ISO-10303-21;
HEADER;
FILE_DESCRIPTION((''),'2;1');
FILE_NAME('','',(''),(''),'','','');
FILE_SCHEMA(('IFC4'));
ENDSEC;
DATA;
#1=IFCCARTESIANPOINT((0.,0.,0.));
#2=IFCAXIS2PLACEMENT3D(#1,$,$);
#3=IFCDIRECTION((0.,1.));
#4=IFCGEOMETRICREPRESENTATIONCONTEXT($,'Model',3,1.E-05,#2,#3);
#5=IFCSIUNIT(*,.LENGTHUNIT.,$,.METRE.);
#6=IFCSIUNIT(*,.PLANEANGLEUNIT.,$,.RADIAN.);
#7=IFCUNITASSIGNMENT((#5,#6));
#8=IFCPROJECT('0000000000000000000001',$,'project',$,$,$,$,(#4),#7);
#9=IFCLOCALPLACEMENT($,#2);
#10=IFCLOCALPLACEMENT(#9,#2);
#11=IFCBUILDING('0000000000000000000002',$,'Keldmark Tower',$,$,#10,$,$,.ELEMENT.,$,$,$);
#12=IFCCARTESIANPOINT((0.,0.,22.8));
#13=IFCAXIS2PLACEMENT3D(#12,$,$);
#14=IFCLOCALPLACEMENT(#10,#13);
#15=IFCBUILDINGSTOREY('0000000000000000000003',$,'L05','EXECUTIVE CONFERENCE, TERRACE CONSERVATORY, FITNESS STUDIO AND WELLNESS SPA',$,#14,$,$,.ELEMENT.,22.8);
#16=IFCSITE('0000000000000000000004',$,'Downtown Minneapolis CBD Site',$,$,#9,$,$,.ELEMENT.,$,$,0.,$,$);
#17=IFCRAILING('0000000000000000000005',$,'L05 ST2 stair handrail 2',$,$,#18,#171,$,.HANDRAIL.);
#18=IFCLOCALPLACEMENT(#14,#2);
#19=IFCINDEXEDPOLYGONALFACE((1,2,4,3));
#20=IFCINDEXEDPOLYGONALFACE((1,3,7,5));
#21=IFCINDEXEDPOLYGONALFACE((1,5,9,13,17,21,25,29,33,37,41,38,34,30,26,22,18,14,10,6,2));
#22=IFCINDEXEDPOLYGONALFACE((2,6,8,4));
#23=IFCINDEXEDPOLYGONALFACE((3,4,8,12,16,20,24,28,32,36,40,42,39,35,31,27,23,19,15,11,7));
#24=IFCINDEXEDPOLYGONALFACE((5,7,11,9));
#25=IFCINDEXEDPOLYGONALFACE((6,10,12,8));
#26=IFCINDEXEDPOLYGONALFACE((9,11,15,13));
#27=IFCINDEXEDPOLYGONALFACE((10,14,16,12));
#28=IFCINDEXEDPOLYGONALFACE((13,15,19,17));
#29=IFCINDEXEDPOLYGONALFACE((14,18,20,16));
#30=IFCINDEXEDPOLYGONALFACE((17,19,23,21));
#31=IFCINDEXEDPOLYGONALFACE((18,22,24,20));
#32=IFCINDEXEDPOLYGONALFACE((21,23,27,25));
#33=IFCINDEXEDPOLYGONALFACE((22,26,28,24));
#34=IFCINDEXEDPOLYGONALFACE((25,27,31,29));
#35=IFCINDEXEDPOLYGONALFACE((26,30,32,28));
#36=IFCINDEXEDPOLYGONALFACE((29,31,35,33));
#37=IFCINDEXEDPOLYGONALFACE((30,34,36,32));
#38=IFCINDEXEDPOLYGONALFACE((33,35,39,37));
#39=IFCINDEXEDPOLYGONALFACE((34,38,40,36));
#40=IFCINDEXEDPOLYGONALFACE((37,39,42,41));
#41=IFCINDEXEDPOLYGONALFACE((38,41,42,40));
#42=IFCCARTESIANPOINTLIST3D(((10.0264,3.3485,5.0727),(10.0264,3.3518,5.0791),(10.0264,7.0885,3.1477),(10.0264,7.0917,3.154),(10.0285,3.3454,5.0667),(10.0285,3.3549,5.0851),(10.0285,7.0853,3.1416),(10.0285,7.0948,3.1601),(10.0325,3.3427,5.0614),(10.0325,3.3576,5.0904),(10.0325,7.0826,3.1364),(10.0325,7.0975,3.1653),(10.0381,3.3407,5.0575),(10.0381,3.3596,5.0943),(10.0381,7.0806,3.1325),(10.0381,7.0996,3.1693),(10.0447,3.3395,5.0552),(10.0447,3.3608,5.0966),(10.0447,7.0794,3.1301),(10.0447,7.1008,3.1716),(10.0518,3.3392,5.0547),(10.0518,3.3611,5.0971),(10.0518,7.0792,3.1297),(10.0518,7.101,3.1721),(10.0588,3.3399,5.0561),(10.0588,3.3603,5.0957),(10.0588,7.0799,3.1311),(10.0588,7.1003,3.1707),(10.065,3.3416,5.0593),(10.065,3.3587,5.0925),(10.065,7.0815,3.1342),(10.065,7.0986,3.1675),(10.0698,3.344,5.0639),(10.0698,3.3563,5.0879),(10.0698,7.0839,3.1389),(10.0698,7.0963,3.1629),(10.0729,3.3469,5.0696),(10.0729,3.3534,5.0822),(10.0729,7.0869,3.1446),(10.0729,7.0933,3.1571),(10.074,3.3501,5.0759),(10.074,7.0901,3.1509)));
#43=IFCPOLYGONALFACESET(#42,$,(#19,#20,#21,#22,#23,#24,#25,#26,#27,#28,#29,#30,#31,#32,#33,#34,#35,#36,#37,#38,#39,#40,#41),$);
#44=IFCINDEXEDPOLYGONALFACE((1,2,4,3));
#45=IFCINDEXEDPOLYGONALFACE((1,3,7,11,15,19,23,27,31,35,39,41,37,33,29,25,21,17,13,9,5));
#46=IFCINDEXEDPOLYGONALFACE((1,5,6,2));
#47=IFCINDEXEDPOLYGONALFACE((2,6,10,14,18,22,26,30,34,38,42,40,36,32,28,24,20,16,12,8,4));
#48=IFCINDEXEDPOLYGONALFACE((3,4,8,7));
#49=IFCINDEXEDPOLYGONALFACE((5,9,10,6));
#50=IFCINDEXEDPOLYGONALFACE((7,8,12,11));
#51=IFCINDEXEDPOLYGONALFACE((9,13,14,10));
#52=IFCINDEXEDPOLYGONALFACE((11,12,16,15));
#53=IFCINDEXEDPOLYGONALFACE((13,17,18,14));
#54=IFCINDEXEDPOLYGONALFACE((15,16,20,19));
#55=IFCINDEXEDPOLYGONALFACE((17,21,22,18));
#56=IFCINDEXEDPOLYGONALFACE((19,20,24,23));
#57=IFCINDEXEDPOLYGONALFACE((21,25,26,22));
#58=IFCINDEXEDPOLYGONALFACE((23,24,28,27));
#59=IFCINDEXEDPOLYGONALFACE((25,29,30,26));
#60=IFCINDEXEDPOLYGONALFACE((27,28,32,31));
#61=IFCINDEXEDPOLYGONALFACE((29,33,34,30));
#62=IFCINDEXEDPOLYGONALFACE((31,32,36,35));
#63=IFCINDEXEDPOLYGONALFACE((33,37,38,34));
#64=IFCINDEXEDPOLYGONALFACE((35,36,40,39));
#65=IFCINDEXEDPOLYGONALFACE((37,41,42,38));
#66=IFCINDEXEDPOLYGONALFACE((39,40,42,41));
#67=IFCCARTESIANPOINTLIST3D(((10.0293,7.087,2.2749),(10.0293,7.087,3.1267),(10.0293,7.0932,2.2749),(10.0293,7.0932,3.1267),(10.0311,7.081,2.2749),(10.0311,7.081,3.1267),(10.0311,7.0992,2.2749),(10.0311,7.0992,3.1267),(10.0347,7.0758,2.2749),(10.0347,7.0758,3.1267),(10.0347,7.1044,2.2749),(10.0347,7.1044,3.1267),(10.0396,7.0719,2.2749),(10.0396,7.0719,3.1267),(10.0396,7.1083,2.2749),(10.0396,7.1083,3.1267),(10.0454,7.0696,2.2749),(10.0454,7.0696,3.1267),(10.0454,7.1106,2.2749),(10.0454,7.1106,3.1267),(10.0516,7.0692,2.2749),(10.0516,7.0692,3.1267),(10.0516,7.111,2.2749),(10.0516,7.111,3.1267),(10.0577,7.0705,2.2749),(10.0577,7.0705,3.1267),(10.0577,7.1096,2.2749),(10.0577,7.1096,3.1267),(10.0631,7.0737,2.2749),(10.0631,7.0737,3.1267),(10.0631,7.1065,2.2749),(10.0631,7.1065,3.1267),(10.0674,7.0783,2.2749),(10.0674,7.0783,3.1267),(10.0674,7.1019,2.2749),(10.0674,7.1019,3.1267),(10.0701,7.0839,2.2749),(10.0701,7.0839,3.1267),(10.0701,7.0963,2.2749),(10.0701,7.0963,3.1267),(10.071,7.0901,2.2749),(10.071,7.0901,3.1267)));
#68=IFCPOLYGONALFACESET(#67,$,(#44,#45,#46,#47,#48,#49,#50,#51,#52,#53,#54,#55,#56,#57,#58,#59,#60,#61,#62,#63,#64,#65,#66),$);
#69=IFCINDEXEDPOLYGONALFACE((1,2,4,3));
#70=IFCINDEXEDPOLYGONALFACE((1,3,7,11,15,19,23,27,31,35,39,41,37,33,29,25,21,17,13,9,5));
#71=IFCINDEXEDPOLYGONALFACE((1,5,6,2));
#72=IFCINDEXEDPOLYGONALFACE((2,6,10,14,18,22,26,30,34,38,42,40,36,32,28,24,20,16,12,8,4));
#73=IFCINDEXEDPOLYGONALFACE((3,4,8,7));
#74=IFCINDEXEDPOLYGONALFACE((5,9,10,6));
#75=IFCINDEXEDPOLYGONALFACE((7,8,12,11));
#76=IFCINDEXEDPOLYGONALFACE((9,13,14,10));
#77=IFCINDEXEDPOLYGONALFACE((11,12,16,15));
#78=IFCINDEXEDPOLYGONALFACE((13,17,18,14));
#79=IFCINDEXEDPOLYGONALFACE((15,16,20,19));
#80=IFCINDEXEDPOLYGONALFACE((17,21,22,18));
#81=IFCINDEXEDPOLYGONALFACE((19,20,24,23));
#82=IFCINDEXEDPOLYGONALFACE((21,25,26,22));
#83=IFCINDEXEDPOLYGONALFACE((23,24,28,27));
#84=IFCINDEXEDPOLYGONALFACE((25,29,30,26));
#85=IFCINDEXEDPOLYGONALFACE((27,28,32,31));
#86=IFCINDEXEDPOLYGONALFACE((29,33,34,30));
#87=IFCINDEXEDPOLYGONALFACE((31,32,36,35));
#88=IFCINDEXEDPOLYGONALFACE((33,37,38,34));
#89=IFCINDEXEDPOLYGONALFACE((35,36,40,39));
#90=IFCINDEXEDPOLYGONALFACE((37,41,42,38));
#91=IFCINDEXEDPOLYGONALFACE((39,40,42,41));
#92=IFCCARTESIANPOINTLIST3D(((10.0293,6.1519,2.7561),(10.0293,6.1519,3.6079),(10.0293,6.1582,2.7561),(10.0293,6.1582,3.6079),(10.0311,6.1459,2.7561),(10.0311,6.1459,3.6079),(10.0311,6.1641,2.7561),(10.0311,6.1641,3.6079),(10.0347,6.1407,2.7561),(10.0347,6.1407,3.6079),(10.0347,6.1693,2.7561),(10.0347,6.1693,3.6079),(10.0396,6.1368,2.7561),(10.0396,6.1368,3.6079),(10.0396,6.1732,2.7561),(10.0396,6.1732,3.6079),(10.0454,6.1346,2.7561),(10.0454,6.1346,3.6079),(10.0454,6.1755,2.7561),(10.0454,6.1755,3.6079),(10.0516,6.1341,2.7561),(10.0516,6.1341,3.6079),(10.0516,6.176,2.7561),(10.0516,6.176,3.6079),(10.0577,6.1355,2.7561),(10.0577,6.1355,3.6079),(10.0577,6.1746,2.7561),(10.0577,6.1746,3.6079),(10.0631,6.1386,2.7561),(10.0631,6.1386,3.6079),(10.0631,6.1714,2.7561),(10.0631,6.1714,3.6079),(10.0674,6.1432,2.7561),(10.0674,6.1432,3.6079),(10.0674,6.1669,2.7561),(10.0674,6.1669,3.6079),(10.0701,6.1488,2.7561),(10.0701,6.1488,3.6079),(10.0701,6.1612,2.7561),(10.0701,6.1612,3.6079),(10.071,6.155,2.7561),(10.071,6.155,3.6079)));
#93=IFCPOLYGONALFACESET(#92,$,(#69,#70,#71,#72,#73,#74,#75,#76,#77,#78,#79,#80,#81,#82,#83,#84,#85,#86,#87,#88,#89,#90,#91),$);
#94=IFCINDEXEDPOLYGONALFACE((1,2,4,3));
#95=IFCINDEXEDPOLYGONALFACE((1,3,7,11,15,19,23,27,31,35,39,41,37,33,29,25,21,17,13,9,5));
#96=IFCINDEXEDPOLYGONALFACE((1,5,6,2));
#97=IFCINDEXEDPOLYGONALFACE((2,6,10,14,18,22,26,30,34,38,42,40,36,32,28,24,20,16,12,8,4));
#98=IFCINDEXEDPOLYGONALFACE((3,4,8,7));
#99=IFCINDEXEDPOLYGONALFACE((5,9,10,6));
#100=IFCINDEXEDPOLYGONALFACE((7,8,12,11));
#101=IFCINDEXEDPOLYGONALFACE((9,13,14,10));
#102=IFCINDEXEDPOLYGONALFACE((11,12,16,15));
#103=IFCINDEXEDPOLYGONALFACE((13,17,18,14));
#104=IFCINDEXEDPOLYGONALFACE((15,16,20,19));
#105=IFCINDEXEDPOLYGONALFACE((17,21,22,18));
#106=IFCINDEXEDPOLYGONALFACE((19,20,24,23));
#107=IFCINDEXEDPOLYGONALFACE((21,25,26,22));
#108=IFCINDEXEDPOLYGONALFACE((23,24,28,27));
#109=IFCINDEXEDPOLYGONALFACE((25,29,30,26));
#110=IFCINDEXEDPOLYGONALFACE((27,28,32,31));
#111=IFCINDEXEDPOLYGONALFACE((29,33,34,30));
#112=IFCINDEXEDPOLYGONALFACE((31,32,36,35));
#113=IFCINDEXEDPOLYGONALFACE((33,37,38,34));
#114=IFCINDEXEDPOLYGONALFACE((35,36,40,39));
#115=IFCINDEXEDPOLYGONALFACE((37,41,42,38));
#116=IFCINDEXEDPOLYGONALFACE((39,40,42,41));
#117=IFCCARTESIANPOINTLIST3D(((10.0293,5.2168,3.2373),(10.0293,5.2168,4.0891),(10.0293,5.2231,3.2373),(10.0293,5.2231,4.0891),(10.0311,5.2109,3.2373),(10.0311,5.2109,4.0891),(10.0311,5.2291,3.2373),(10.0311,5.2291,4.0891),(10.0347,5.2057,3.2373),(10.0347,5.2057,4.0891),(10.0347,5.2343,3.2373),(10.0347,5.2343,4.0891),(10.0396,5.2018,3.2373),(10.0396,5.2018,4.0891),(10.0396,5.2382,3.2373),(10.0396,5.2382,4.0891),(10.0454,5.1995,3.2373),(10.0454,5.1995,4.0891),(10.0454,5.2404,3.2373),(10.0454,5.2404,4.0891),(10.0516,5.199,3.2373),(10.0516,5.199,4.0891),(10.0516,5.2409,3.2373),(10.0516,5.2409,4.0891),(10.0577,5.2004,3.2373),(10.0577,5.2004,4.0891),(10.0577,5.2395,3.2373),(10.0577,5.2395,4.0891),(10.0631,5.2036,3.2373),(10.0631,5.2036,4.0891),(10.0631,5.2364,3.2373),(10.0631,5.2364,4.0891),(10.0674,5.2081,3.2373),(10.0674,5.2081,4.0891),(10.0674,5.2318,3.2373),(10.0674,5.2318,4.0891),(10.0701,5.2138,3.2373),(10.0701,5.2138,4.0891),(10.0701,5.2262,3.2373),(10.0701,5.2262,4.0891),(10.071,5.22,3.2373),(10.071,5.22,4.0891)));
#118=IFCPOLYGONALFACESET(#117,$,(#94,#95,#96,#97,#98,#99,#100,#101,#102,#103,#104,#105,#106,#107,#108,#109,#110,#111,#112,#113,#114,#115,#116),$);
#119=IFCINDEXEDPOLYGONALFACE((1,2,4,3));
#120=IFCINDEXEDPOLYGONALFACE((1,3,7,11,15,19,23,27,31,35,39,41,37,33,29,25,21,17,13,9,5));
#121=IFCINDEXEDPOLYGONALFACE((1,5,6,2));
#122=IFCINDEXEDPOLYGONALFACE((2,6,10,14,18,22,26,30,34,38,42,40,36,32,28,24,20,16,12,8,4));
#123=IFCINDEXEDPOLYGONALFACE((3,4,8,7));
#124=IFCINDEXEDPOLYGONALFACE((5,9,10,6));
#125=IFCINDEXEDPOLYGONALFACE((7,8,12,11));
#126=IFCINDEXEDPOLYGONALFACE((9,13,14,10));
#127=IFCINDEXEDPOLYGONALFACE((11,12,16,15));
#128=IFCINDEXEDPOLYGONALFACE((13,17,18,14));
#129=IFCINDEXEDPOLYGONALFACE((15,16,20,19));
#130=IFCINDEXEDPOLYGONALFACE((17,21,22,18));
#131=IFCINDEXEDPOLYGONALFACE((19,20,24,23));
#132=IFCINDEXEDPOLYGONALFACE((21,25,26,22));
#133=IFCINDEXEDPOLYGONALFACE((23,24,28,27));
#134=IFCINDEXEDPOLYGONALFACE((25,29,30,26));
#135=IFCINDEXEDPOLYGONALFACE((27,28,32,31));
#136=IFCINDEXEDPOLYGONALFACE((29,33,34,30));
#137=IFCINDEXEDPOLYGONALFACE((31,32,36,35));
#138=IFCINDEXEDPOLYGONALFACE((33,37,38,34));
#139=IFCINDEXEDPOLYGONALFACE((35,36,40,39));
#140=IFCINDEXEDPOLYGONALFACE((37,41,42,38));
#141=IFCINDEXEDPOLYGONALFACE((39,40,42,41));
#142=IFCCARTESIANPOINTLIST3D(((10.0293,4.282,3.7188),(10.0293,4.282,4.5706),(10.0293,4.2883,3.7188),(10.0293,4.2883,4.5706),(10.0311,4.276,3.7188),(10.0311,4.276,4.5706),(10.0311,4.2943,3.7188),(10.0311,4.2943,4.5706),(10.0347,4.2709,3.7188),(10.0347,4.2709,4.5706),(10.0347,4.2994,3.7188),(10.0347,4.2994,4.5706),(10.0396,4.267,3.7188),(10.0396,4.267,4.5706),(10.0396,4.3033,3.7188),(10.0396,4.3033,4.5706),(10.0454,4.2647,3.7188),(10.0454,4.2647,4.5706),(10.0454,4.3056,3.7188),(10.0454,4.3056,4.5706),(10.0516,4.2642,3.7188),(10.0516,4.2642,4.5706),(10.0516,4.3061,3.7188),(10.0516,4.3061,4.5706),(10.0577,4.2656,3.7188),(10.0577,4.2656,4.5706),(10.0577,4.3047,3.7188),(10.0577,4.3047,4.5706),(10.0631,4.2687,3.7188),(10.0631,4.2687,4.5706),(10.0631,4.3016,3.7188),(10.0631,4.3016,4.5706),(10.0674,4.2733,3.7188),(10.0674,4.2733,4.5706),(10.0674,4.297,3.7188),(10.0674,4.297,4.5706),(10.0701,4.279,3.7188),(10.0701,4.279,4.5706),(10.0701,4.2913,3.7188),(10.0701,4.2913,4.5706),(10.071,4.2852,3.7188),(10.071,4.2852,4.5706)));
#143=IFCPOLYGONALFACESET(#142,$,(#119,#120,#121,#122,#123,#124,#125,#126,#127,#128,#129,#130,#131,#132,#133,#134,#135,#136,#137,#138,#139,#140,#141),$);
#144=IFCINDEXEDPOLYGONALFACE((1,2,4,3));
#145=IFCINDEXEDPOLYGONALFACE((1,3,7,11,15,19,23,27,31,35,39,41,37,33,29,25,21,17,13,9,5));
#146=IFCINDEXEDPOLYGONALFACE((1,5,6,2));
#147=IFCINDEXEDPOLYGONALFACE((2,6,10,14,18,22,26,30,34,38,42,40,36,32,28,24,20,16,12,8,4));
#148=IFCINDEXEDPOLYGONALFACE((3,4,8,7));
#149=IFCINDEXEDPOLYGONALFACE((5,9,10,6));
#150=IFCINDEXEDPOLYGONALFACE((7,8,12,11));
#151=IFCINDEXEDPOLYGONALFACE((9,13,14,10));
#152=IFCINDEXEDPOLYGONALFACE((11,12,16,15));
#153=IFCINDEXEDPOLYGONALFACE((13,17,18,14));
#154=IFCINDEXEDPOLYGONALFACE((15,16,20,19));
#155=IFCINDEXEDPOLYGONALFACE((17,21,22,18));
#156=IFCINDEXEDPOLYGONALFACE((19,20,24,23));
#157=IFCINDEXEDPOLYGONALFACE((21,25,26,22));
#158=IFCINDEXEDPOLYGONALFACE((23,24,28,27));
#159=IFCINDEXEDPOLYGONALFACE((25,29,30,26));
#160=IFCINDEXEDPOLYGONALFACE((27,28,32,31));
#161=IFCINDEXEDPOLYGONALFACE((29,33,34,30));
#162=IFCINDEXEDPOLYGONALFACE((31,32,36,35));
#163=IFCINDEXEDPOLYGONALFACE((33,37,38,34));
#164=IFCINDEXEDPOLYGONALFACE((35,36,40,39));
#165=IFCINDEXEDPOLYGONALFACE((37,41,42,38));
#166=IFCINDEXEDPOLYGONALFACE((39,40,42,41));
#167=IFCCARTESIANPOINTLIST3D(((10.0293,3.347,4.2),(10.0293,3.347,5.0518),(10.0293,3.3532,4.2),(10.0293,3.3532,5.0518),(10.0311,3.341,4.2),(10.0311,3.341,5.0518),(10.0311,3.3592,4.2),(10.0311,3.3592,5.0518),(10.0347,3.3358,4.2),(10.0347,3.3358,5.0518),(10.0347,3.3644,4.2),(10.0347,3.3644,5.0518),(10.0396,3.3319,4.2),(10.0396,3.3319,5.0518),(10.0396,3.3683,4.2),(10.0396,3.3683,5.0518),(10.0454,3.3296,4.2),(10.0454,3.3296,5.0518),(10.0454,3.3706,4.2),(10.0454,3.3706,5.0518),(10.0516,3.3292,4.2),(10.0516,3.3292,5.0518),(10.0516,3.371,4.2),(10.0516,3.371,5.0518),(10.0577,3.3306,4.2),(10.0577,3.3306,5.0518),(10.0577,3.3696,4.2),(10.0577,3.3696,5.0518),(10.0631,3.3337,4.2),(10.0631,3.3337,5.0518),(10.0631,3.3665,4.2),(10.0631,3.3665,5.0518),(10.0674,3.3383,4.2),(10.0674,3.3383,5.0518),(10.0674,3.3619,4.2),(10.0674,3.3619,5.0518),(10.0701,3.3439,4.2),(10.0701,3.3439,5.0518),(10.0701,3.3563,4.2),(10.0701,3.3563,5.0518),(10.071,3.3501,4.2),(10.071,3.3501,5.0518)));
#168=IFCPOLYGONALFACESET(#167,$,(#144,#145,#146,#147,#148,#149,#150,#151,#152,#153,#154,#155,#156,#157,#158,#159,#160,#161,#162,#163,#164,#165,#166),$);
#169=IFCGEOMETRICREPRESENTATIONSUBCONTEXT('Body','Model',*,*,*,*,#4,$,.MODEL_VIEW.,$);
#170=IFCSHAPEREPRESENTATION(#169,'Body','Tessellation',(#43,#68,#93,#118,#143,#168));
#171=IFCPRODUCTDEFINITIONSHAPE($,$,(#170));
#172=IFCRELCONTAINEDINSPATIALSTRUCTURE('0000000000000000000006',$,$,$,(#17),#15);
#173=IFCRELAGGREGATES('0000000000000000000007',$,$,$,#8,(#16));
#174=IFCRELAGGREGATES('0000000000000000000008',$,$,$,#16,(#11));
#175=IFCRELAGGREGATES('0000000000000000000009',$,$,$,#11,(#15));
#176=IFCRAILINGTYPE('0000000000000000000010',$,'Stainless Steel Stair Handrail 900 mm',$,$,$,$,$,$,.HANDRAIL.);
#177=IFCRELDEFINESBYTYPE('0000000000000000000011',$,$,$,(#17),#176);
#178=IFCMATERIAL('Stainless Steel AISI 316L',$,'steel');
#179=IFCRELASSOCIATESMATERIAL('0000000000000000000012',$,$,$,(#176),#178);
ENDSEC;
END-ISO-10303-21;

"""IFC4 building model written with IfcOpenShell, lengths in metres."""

from ifc_helpers import new_model, si_unit, direction, frame, origin, origin_2d, place, context, subcontext, project, spatial, circle, extrude, material, type_object, element, save


model = new_model("IFC4")

# Units and contexts
model_context = context("Model", 3, precision=1e-05, world=origin(), true_north=direction((0.0, 1.0)))
body_context = subcontext(model_context, "Body", "Model", "MODEL_VIEW")
ifc_project = project(units=[si_unit("LENGTHUNIT", "METRE"), si_unit("PLANEANGLEUNIT", "RADIAN")], contexts=[model_context])

# Site, building, storey
site_placement = place(None, origin())
site = spatial("IfcSite", under=ifc_project, at=site_placement, Name="Downtown Minneapolis CBD Site", CompositionType="ELEMENT", RefElevation=0.0)
building_placement = place(site_placement, origin())
building = spatial("IfcBuilding", under=site, at=building_placement, Name="Keldmark Tower", CompositionType="ELEMENT")
storey_placement = place(building_placement, frame((0.0, 0.0, 22.8)))
storey = spatial("IfcBuildingStorey", under=building, at=storey_placement, Name="L05", Description="EXECUTIVE CONFERENCE, TERRACE CONSERVATORY, FITNESS STUDIO AND WELLNESS SPA", CompositionType="ELEMENT", Elevation=22.8)

# Railing
ifc_material_1 = material(Name="Stainless Steel AISI 316L", Category="steel")
railing_type_1 = type_object("IfcRailingType", Name="Stainless Steel Stair Handrail 900 mm", PredefinedType="HANDRAIL", material=ifc_material_1)
railing_1_placement = place(storey_placement, frame((10.05, 7.0901, 2.2749)))
element("IfcRailing", 1, at=railing_1_placement, inside=storey, type_object=railing_type_1, Name="L05 ST2 stair handrail 2", PredefinedType="HANDRAIL", context=body_context, shape_type="SweptSolid", body=[
    extrude(circle(Radius=0.0239, at=origin_2d()), frame((0.0, 0.0, 0.876), z_axis=(0.0, -0.889131, 0.457654), x_axis=(1.0, 0.0, 0.0)), (0.0, 0.0, 1.0), 4.2063),
    extrude(circle(Radius=0.021, at=origin_2d()), origin(), (0.0, 0.0, 1.0), 0.8518),
    extrude(circle(Radius=0.021, at=origin_2d()), frame((0.0, -0.9351, 0.4812)), (0.0, 0.0, 1.0), 0.8518),
    extrude(circle(Radius=0.021, at=origin_2d()), frame((0.0, -1.8701, 0.9624)), (0.0, 0.0, 1.0), 0.8518),
    extrude(circle(Radius=0.021, at=origin_2d()), frame((0.0, -2.8049, 1.4438)), (0.0, 0.0, 1.0), 0.8518),
    extrude(circle(Radius=0.021, at=origin_2d()), frame((0.0, -3.74, 1.925)), (0.0, 0.0, 1.0), 0.8518),
])

save(model, "model.ifc")
